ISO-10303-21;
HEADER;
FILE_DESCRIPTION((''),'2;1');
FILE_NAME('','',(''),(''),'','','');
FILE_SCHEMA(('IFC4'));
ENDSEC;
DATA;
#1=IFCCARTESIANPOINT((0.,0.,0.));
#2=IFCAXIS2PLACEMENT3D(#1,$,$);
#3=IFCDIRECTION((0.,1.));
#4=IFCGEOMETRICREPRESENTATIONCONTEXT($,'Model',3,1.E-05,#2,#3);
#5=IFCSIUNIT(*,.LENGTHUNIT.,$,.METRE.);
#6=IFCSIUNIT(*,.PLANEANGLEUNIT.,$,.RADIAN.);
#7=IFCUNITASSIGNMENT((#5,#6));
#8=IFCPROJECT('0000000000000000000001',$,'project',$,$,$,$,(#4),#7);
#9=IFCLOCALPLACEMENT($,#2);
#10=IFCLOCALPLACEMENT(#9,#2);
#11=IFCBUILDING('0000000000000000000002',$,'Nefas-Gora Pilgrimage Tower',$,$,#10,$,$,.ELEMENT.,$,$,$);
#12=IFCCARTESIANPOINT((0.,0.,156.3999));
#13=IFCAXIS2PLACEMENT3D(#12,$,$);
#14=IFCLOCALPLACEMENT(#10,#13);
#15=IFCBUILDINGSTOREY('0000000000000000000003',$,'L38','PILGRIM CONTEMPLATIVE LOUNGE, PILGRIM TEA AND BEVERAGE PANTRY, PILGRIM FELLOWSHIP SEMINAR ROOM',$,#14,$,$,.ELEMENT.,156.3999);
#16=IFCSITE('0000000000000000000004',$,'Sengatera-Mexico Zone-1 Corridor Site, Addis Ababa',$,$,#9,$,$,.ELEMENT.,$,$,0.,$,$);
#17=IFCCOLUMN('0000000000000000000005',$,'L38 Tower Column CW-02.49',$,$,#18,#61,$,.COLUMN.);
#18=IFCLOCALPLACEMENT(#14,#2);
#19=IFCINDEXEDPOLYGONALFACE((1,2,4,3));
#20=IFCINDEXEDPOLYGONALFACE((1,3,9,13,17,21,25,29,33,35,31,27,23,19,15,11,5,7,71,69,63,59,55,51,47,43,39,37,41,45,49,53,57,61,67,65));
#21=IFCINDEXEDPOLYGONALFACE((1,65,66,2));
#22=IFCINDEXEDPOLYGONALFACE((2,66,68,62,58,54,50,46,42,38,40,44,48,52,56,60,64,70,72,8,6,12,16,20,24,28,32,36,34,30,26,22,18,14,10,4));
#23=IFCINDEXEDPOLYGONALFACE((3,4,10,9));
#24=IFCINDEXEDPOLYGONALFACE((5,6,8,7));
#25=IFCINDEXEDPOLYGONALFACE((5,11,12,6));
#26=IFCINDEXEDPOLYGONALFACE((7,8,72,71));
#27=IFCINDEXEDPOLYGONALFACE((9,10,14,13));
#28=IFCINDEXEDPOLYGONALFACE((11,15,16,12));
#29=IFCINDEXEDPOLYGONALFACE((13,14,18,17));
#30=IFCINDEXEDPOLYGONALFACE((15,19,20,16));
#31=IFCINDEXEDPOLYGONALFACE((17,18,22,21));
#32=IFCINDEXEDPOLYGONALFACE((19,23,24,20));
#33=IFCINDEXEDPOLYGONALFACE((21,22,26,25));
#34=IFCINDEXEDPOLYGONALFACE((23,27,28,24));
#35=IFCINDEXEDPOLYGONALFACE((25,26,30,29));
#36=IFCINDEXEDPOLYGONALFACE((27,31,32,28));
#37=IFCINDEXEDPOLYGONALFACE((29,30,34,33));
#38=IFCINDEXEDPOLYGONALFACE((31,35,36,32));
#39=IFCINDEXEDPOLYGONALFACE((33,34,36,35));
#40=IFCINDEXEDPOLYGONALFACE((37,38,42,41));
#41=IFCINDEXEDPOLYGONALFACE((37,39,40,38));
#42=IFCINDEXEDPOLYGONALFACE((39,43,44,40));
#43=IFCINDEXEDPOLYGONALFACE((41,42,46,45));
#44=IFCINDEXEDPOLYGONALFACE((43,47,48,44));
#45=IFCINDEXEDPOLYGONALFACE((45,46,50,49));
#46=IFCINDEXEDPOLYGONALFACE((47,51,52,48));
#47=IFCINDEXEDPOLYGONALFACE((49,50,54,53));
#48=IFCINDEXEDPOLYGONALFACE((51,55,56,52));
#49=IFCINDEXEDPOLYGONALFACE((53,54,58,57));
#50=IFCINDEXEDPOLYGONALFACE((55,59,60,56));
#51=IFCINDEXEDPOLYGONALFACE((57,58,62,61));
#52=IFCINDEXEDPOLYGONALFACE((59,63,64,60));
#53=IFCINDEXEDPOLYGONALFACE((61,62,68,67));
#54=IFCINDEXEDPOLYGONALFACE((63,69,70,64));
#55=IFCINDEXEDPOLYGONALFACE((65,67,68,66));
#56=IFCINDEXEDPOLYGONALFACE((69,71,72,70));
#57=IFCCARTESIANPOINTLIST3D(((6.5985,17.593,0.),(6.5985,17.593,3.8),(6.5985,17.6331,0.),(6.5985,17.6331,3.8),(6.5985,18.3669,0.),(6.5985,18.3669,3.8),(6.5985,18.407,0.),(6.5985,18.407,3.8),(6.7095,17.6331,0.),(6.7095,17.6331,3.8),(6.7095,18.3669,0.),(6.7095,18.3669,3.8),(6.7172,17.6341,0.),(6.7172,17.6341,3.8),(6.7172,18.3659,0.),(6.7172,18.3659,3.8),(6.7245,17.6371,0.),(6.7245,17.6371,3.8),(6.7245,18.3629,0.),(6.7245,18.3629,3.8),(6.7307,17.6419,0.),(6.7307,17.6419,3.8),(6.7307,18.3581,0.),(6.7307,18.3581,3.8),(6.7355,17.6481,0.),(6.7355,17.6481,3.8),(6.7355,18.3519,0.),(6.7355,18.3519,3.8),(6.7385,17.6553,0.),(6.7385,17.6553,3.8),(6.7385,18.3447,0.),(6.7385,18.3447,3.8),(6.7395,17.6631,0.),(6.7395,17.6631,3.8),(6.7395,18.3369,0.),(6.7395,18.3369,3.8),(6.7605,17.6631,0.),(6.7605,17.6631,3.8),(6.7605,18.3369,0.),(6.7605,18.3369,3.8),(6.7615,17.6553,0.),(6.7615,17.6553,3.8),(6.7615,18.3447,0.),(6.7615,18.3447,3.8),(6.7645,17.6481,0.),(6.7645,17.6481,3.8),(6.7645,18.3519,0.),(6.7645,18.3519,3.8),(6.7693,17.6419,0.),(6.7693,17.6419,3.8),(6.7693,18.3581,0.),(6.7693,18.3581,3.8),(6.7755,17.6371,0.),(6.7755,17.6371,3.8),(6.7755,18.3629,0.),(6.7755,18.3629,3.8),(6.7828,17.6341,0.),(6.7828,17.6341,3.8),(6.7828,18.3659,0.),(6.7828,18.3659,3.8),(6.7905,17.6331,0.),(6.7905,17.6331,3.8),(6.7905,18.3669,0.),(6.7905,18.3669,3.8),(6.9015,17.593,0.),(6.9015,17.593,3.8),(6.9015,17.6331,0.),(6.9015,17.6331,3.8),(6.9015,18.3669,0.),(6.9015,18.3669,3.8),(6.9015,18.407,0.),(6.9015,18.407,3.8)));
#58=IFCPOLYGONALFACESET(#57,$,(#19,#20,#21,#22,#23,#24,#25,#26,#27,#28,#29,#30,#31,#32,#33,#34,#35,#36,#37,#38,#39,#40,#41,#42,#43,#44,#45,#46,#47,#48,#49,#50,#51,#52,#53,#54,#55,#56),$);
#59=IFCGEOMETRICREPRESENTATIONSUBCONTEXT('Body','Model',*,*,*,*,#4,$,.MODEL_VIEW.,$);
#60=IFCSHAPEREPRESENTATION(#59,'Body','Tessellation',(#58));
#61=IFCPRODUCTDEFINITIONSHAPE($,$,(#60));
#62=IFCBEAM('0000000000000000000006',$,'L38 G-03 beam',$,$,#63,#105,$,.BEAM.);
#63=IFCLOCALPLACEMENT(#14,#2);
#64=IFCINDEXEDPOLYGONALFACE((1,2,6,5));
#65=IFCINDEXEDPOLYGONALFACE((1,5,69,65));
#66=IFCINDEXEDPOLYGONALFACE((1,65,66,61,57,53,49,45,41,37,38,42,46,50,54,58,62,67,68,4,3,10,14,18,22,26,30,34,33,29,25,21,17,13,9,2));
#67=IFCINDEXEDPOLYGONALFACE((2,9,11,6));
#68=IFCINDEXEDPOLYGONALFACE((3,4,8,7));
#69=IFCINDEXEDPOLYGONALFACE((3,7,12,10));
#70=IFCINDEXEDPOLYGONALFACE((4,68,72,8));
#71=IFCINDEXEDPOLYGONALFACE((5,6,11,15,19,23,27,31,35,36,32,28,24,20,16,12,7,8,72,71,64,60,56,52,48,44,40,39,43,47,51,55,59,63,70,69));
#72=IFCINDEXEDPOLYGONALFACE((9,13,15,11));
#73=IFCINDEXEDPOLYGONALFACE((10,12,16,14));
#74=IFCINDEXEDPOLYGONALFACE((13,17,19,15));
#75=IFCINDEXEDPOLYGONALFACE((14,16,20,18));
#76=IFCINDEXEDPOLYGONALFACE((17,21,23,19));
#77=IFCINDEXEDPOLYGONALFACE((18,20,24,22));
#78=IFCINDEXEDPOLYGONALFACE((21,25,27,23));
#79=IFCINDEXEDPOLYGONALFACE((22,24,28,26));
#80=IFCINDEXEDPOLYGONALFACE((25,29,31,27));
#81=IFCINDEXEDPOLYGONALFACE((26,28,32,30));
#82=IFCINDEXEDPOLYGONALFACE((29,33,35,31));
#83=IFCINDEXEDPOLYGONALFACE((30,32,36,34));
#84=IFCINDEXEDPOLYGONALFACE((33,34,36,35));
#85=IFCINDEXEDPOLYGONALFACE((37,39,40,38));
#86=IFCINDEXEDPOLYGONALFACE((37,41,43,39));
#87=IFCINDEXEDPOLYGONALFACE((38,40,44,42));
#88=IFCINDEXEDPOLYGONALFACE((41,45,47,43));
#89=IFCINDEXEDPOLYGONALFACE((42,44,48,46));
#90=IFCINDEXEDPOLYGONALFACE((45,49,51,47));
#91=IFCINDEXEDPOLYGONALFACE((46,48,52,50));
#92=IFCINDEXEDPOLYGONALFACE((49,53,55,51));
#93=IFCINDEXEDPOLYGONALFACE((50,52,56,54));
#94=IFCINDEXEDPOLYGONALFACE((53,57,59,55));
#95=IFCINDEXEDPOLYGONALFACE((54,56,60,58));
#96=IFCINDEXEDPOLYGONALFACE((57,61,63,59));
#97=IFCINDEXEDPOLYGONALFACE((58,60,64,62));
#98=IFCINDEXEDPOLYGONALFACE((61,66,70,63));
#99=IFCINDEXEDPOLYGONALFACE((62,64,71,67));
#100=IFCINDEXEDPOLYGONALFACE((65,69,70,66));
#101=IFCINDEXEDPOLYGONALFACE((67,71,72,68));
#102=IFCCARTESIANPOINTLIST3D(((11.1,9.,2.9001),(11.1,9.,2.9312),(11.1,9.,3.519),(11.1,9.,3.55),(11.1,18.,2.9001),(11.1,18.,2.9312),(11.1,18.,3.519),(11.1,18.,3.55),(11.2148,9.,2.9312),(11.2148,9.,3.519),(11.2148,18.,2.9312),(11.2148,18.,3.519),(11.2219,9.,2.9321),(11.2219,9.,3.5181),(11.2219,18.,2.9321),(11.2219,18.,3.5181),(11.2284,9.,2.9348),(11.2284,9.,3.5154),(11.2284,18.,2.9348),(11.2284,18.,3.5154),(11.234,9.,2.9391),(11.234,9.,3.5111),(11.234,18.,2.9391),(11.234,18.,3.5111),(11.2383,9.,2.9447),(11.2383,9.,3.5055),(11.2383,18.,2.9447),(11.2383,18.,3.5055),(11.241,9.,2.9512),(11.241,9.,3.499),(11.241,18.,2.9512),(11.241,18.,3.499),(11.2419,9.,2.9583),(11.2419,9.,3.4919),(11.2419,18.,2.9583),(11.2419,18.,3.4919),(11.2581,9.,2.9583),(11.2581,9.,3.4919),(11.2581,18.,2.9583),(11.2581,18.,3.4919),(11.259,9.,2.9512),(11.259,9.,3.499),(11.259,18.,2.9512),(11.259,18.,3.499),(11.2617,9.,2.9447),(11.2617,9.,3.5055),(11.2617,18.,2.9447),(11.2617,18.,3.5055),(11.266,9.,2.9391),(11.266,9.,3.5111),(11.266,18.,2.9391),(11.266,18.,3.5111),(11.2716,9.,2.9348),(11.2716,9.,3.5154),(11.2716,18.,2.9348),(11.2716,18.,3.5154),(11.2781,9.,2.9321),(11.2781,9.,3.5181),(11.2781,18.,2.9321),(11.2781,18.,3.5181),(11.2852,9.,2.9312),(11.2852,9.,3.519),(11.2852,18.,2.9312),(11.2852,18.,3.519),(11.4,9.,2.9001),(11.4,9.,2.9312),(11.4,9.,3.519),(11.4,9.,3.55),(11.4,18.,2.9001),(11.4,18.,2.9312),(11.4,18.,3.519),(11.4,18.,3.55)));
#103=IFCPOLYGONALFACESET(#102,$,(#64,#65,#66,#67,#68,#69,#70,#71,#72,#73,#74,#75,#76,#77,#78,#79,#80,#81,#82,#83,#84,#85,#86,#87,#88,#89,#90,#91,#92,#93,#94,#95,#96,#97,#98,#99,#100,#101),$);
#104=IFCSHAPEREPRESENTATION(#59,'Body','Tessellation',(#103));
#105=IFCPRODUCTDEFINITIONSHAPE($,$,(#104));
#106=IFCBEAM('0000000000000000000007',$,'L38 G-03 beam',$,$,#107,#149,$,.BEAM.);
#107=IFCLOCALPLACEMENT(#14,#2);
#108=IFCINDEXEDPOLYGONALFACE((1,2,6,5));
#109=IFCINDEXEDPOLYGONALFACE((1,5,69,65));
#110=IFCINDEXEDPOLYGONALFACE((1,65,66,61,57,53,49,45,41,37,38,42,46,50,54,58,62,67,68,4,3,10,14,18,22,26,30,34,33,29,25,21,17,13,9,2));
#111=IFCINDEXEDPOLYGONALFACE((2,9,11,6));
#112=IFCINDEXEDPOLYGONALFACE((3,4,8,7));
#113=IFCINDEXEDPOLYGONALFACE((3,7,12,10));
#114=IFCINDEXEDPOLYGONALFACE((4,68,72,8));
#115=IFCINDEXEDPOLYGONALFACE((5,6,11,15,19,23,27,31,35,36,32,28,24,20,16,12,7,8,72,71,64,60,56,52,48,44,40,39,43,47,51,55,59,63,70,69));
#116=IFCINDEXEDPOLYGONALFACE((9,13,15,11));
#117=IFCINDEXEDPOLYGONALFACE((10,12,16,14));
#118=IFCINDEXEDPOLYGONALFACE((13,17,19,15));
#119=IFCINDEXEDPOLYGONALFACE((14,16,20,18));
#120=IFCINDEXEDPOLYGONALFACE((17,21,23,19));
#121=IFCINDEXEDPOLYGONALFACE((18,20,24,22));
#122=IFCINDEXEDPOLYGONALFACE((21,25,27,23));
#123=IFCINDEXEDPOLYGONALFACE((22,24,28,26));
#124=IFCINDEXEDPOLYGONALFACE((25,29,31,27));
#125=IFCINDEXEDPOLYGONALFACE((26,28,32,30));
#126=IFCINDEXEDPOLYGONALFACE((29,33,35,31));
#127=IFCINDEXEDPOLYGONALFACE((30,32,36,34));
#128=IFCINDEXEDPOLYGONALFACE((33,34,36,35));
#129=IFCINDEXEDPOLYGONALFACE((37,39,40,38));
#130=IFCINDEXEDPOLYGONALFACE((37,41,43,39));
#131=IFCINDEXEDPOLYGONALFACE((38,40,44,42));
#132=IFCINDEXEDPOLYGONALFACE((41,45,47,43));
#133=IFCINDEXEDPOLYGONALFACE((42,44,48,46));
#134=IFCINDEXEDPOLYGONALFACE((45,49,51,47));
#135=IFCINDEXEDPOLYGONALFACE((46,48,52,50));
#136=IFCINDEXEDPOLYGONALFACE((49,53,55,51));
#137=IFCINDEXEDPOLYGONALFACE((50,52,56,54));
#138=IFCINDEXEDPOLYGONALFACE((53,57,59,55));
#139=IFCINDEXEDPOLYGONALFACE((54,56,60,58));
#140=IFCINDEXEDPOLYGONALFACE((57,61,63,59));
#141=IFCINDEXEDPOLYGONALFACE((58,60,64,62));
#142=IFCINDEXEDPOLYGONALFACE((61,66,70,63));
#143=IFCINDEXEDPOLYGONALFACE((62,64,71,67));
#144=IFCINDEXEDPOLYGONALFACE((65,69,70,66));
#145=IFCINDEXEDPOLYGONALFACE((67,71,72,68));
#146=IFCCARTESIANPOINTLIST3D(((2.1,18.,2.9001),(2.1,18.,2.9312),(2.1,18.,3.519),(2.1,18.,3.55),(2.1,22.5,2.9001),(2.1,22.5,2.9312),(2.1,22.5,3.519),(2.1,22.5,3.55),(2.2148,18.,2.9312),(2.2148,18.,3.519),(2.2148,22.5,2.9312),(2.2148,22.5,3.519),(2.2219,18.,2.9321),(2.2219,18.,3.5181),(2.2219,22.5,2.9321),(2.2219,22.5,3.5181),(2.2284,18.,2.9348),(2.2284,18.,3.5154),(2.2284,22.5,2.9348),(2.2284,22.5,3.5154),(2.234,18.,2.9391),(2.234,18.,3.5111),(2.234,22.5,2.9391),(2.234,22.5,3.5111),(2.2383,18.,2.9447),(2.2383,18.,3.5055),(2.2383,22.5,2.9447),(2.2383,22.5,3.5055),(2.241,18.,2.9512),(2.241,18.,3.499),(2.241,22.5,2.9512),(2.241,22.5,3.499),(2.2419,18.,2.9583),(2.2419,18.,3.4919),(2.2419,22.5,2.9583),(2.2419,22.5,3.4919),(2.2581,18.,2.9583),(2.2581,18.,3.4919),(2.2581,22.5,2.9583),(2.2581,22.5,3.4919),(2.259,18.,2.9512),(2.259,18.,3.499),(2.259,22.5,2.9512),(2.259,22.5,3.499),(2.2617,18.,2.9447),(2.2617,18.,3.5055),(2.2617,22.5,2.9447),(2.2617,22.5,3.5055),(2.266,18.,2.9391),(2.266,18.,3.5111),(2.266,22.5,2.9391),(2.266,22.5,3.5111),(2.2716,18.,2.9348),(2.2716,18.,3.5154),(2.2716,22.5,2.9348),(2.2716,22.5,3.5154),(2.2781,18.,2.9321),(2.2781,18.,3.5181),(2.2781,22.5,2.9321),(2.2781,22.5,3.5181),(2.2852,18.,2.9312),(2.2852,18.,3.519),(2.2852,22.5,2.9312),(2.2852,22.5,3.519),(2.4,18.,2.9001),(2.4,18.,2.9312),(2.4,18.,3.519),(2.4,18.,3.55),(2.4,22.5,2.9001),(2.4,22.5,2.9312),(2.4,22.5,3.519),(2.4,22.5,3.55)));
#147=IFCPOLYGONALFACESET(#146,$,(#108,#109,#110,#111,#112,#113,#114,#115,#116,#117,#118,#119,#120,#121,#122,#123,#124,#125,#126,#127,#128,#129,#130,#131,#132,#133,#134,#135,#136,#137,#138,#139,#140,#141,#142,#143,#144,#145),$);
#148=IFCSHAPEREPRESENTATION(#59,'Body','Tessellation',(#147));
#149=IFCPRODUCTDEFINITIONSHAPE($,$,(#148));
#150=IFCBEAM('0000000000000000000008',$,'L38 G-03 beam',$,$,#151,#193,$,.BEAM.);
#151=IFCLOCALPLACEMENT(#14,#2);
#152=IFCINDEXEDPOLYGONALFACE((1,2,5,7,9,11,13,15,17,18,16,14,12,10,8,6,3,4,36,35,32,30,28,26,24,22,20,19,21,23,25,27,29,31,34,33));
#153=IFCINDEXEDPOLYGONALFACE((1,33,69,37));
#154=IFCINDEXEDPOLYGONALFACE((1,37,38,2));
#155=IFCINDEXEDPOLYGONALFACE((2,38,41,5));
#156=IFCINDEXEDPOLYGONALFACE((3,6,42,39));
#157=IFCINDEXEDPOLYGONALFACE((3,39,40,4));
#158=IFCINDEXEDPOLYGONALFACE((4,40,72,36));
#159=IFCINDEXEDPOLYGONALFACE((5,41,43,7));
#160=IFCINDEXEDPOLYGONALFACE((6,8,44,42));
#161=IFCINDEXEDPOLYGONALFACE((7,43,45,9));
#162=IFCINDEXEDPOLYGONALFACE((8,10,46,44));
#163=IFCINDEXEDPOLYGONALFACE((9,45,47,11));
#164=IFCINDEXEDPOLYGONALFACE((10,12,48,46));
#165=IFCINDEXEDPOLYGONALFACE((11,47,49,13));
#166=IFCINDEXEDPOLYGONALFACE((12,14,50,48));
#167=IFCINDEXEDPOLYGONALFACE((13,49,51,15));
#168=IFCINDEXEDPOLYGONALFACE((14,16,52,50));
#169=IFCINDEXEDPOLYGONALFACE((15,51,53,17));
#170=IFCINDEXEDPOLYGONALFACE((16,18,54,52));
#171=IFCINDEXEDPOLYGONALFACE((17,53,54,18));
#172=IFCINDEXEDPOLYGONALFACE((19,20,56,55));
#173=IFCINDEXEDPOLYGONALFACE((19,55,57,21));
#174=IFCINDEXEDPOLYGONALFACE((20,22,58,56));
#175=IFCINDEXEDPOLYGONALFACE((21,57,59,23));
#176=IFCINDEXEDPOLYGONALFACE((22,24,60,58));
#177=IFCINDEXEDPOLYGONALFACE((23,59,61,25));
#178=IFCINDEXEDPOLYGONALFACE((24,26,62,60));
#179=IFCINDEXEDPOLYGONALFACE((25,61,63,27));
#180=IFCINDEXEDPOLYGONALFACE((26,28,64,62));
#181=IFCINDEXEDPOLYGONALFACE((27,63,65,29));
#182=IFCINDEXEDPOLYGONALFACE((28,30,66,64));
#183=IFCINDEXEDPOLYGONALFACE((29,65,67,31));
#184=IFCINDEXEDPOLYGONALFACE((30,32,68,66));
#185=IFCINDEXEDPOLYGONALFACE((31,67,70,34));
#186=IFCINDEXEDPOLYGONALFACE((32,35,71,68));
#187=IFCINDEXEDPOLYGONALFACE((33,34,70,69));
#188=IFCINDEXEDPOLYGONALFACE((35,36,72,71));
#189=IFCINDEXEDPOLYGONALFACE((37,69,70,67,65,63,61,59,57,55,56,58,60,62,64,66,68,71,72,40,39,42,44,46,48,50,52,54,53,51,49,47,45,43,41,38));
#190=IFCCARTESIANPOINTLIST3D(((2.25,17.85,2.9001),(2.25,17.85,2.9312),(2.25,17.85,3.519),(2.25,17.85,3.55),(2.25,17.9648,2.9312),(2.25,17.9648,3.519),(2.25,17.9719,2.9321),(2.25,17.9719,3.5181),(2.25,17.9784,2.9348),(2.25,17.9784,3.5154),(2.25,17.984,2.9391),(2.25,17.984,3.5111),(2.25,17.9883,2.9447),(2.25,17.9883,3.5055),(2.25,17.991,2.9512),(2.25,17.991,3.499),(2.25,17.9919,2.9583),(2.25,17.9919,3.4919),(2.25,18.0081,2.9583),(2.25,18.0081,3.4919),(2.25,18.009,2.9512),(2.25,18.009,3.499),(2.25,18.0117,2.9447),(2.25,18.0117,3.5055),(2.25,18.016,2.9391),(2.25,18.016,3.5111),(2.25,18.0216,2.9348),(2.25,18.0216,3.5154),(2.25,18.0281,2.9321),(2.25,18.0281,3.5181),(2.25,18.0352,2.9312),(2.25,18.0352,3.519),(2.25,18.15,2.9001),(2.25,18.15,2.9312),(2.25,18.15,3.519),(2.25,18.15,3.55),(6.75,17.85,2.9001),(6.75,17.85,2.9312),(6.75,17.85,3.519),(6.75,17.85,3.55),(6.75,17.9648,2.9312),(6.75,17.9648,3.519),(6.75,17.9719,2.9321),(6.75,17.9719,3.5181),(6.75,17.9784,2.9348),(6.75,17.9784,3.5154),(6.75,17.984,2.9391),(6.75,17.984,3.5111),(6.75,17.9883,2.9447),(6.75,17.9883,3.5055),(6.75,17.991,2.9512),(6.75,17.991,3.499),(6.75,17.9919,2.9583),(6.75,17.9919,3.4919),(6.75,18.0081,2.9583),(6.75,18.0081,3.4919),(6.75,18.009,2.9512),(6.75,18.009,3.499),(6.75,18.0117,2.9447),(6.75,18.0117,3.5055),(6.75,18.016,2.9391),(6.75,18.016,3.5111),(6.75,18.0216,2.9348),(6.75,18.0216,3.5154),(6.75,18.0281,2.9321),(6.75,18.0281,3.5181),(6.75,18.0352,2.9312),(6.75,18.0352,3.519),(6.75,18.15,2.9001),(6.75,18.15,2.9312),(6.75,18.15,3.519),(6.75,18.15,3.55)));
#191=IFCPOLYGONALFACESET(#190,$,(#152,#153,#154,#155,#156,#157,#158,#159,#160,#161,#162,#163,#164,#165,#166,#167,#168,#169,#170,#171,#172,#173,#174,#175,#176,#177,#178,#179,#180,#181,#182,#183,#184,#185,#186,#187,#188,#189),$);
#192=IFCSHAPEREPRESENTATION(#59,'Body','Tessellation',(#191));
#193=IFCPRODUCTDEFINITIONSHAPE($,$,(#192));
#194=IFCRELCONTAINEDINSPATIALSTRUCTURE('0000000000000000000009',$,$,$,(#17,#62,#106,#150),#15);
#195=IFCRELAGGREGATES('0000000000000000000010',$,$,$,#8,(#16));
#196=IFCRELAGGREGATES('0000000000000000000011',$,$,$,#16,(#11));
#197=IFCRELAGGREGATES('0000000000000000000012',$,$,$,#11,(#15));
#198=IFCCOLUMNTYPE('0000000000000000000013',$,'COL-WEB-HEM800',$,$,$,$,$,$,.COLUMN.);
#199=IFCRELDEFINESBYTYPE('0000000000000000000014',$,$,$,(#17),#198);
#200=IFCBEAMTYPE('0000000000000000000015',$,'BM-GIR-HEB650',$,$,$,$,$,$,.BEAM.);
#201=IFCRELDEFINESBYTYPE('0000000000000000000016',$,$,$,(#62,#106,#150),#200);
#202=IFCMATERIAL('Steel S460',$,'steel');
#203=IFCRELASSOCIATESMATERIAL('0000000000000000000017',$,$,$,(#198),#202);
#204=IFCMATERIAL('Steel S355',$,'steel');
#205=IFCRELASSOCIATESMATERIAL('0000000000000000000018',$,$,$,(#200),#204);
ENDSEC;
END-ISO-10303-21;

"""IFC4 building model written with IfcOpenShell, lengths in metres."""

from ifc_helpers import new_model, si_unit, direction, frame, origin, origin_2d, place, context, subcontext, project, spatial, i_section, extrude, source, transform, mapped, material, material_profile, profile_set, type_object, element, save


model = new_model("IFC4")

# Units and contexts
model_context = context("Model", 3, precision=1e-05, world=origin(), true_north=direction((0.0, 1.0)))
body_context = subcontext(model_context, "Body", "Model", "MODEL_VIEW")
ifc_project = project(units=[si_unit("LENGTHUNIT", "METRE"), si_unit("PLANEANGLEUNIT", "RADIAN")], contexts=[model_context])

# Site, building, storey
site_placement = place(None, origin())
site = spatial("IfcSite", under=ifc_project, at=site_placement, Name="Sengatera-Mexico Zone-1 Corridor Site, Addis Ababa", CompositionType="ELEMENT", RefElevation=0.0)
building_placement = place(site_placement, origin())
building = spatial("IfcBuilding", under=site, at=building_placement, Name="Nefas-Gora Pilgrimage Tower", CompositionType="ELEMENT")
storey_placement = place(building_placement, frame((0.0, 0.0, 156.3999)))
storey = spatial("IfcBuildingStorey", under=building, at=storey_placement, Name="L38", Description="PILGRIM CONTEMPLATIVE LOUNGE, PILGRIM TEA AND BEVERAGE PANTRY, PILGRIM FELLOWSHIP SEMINAR ROOM", CompositionType="ELEMENT", Elevation=156.3999)

# Column
ifc_material_1 = material(Name="Steel S460", Category="steel")
ifc_material_profile_1 = material_profile(ifc_material_1, i_section(OverallWidth=0.303, OverallDepth=0.814, WebThickness=0.021, FlangeThickness=0.04, FilletRadius=0.03, at=origin_2d()), Name="HEM 800")
ifc_profile_set_1 = profile_set([ifc_material_profile_1], Name="Steel S460")
column_type_1 = type_object("IfcColumnType", Name="COL-WEB-HEM800", PredefinedType="COLUMN", material=ifc_profile_set_1)
shared_shape_1 = source(origin(), body_context, "Body", "SweptSolid", [
    extrude(i_section(OverallWidth=0.303, OverallDepth=0.814, WebThickness=0.021, FlangeThickness=0.04, FilletRadius=0.03, at=origin_2d()), origin(), (0.0, 0.0, 1.0), 3.8),
])
for number, where, z_axis, x_axis, name in (
    (1, (6.75, 18.0, 0.0), (0.0, 0.0, 1.0), (1.0, 0.0, 0.0), "L38 Tower Column CW-02.49"),
):
    element("IfcColumn", number, at=place(storey_placement, frame(where, z_axis=z_axis, x_axis=x_axis)), inside=storey, type_object=column_type_1, Name=name, PredefinedType="COLUMN", context=body_context, shape_type="MappedRepresentation", body=[
        mapped(shared_shape_1, transform((0.0, 0.0, 0.0), x_axis=(1.0, 0.0, 0.0), y_axis=(0.0, 1.0, 0.0), z_axis=(0.0, 0.0, 1.0), scale=1.0)),
    ])

# Beams
ifc_material_2 = material(Name="Steel S355", Category="steel")
ifc_material_profile_2 = material_profile(ifc_material_2, i_section(OverallWidth=0.3, OverallDepth=0.6499, WebThickness=0.0161, FlangeThickness=0.031, FilletRadius=0.0271, at=origin_2d()), Name="HEB 650")
ifc_profile_set_2 = profile_set([ifc_material_profile_2], Name="Steel S355")
beam_type = type_object("IfcBeamType", Name="BM-GIR-HEB650", PredefinedType="BEAM", material=ifc_profile_set_2)
shared_shape_2 = source(origin(), body_context, "Body", "SweptSolid", [
    extrude(i_section(OverallWidth=0.3, OverallDepth=0.6499, WebThickness=0.0161, FlangeThickness=0.031, FilletRadius=0.0271, at=origin_2d()), origin(), (0.0, 0.0, 1.0), 9.0),
])
beam_placement = place(storey_placement, frame((11.25, 9.0, 3.2251), z_axis=(0.0, 1.0, 0.0), x_axis=(-1.0, 0.0, 0.0)))
element("IfcBeam", 2, at=beam_placement, inside=storey, type_object=beam_type, Name="L38 G-03 beam", PredefinedType="BEAM", context=body_context, shape_type="MappedRepresentation", body=[
    mapped(shared_shape_2, transform((0.0, 0.0, 0.0), x_axis=(1.0, 0.0, 0.0), y_axis=(0.0, 1.0, 0.0), z_axis=(0.0, 0.0, 1.0), scale=1.0)),
])
shared_shape_3 = source(origin(), body_context, "Body", "SweptSolid", [
    extrude(i_section(OverallWidth=0.3, OverallDepth=0.6499, WebThickness=0.0161, FlangeThickness=0.031, FilletRadius=0.0271, at=origin_2d()), origin(), (0.0, 0.0, 1.0), 4.5),
])
for number, where, z_axis, x_axis, name in (
    (3, (2.25, 18.0, 3.2251), (0.0, 1.0, 0.0), (-1.0, 0.0, 0.0), "L38 G-03 beam"),
    (4, (2.25, 18.0, 3.2251), (1.0, 0.0, 0.0), (0.0, 1.0, 0.0), "L38 G-03 beam"),
):
    element("IfcBeam", number, at=place(storey_placement, frame(where, z_axis=z_axis, x_axis=x_axis)), inside=storey, type_object=beam_type, Name=name, PredefinedType="BEAM", context=body_context, shape_type="MappedRepresentation", body=[
        mapped(shared_shape_3, transform((0.0, 0.0, 0.0), x_axis=(1.0, 0.0, 0.0), y_axis=(0.0, 1.0, 0.0), z_axis=(0.0, 0.0, 1.0), scale=1.0)),
    ])

save(model, "model.ifc")
